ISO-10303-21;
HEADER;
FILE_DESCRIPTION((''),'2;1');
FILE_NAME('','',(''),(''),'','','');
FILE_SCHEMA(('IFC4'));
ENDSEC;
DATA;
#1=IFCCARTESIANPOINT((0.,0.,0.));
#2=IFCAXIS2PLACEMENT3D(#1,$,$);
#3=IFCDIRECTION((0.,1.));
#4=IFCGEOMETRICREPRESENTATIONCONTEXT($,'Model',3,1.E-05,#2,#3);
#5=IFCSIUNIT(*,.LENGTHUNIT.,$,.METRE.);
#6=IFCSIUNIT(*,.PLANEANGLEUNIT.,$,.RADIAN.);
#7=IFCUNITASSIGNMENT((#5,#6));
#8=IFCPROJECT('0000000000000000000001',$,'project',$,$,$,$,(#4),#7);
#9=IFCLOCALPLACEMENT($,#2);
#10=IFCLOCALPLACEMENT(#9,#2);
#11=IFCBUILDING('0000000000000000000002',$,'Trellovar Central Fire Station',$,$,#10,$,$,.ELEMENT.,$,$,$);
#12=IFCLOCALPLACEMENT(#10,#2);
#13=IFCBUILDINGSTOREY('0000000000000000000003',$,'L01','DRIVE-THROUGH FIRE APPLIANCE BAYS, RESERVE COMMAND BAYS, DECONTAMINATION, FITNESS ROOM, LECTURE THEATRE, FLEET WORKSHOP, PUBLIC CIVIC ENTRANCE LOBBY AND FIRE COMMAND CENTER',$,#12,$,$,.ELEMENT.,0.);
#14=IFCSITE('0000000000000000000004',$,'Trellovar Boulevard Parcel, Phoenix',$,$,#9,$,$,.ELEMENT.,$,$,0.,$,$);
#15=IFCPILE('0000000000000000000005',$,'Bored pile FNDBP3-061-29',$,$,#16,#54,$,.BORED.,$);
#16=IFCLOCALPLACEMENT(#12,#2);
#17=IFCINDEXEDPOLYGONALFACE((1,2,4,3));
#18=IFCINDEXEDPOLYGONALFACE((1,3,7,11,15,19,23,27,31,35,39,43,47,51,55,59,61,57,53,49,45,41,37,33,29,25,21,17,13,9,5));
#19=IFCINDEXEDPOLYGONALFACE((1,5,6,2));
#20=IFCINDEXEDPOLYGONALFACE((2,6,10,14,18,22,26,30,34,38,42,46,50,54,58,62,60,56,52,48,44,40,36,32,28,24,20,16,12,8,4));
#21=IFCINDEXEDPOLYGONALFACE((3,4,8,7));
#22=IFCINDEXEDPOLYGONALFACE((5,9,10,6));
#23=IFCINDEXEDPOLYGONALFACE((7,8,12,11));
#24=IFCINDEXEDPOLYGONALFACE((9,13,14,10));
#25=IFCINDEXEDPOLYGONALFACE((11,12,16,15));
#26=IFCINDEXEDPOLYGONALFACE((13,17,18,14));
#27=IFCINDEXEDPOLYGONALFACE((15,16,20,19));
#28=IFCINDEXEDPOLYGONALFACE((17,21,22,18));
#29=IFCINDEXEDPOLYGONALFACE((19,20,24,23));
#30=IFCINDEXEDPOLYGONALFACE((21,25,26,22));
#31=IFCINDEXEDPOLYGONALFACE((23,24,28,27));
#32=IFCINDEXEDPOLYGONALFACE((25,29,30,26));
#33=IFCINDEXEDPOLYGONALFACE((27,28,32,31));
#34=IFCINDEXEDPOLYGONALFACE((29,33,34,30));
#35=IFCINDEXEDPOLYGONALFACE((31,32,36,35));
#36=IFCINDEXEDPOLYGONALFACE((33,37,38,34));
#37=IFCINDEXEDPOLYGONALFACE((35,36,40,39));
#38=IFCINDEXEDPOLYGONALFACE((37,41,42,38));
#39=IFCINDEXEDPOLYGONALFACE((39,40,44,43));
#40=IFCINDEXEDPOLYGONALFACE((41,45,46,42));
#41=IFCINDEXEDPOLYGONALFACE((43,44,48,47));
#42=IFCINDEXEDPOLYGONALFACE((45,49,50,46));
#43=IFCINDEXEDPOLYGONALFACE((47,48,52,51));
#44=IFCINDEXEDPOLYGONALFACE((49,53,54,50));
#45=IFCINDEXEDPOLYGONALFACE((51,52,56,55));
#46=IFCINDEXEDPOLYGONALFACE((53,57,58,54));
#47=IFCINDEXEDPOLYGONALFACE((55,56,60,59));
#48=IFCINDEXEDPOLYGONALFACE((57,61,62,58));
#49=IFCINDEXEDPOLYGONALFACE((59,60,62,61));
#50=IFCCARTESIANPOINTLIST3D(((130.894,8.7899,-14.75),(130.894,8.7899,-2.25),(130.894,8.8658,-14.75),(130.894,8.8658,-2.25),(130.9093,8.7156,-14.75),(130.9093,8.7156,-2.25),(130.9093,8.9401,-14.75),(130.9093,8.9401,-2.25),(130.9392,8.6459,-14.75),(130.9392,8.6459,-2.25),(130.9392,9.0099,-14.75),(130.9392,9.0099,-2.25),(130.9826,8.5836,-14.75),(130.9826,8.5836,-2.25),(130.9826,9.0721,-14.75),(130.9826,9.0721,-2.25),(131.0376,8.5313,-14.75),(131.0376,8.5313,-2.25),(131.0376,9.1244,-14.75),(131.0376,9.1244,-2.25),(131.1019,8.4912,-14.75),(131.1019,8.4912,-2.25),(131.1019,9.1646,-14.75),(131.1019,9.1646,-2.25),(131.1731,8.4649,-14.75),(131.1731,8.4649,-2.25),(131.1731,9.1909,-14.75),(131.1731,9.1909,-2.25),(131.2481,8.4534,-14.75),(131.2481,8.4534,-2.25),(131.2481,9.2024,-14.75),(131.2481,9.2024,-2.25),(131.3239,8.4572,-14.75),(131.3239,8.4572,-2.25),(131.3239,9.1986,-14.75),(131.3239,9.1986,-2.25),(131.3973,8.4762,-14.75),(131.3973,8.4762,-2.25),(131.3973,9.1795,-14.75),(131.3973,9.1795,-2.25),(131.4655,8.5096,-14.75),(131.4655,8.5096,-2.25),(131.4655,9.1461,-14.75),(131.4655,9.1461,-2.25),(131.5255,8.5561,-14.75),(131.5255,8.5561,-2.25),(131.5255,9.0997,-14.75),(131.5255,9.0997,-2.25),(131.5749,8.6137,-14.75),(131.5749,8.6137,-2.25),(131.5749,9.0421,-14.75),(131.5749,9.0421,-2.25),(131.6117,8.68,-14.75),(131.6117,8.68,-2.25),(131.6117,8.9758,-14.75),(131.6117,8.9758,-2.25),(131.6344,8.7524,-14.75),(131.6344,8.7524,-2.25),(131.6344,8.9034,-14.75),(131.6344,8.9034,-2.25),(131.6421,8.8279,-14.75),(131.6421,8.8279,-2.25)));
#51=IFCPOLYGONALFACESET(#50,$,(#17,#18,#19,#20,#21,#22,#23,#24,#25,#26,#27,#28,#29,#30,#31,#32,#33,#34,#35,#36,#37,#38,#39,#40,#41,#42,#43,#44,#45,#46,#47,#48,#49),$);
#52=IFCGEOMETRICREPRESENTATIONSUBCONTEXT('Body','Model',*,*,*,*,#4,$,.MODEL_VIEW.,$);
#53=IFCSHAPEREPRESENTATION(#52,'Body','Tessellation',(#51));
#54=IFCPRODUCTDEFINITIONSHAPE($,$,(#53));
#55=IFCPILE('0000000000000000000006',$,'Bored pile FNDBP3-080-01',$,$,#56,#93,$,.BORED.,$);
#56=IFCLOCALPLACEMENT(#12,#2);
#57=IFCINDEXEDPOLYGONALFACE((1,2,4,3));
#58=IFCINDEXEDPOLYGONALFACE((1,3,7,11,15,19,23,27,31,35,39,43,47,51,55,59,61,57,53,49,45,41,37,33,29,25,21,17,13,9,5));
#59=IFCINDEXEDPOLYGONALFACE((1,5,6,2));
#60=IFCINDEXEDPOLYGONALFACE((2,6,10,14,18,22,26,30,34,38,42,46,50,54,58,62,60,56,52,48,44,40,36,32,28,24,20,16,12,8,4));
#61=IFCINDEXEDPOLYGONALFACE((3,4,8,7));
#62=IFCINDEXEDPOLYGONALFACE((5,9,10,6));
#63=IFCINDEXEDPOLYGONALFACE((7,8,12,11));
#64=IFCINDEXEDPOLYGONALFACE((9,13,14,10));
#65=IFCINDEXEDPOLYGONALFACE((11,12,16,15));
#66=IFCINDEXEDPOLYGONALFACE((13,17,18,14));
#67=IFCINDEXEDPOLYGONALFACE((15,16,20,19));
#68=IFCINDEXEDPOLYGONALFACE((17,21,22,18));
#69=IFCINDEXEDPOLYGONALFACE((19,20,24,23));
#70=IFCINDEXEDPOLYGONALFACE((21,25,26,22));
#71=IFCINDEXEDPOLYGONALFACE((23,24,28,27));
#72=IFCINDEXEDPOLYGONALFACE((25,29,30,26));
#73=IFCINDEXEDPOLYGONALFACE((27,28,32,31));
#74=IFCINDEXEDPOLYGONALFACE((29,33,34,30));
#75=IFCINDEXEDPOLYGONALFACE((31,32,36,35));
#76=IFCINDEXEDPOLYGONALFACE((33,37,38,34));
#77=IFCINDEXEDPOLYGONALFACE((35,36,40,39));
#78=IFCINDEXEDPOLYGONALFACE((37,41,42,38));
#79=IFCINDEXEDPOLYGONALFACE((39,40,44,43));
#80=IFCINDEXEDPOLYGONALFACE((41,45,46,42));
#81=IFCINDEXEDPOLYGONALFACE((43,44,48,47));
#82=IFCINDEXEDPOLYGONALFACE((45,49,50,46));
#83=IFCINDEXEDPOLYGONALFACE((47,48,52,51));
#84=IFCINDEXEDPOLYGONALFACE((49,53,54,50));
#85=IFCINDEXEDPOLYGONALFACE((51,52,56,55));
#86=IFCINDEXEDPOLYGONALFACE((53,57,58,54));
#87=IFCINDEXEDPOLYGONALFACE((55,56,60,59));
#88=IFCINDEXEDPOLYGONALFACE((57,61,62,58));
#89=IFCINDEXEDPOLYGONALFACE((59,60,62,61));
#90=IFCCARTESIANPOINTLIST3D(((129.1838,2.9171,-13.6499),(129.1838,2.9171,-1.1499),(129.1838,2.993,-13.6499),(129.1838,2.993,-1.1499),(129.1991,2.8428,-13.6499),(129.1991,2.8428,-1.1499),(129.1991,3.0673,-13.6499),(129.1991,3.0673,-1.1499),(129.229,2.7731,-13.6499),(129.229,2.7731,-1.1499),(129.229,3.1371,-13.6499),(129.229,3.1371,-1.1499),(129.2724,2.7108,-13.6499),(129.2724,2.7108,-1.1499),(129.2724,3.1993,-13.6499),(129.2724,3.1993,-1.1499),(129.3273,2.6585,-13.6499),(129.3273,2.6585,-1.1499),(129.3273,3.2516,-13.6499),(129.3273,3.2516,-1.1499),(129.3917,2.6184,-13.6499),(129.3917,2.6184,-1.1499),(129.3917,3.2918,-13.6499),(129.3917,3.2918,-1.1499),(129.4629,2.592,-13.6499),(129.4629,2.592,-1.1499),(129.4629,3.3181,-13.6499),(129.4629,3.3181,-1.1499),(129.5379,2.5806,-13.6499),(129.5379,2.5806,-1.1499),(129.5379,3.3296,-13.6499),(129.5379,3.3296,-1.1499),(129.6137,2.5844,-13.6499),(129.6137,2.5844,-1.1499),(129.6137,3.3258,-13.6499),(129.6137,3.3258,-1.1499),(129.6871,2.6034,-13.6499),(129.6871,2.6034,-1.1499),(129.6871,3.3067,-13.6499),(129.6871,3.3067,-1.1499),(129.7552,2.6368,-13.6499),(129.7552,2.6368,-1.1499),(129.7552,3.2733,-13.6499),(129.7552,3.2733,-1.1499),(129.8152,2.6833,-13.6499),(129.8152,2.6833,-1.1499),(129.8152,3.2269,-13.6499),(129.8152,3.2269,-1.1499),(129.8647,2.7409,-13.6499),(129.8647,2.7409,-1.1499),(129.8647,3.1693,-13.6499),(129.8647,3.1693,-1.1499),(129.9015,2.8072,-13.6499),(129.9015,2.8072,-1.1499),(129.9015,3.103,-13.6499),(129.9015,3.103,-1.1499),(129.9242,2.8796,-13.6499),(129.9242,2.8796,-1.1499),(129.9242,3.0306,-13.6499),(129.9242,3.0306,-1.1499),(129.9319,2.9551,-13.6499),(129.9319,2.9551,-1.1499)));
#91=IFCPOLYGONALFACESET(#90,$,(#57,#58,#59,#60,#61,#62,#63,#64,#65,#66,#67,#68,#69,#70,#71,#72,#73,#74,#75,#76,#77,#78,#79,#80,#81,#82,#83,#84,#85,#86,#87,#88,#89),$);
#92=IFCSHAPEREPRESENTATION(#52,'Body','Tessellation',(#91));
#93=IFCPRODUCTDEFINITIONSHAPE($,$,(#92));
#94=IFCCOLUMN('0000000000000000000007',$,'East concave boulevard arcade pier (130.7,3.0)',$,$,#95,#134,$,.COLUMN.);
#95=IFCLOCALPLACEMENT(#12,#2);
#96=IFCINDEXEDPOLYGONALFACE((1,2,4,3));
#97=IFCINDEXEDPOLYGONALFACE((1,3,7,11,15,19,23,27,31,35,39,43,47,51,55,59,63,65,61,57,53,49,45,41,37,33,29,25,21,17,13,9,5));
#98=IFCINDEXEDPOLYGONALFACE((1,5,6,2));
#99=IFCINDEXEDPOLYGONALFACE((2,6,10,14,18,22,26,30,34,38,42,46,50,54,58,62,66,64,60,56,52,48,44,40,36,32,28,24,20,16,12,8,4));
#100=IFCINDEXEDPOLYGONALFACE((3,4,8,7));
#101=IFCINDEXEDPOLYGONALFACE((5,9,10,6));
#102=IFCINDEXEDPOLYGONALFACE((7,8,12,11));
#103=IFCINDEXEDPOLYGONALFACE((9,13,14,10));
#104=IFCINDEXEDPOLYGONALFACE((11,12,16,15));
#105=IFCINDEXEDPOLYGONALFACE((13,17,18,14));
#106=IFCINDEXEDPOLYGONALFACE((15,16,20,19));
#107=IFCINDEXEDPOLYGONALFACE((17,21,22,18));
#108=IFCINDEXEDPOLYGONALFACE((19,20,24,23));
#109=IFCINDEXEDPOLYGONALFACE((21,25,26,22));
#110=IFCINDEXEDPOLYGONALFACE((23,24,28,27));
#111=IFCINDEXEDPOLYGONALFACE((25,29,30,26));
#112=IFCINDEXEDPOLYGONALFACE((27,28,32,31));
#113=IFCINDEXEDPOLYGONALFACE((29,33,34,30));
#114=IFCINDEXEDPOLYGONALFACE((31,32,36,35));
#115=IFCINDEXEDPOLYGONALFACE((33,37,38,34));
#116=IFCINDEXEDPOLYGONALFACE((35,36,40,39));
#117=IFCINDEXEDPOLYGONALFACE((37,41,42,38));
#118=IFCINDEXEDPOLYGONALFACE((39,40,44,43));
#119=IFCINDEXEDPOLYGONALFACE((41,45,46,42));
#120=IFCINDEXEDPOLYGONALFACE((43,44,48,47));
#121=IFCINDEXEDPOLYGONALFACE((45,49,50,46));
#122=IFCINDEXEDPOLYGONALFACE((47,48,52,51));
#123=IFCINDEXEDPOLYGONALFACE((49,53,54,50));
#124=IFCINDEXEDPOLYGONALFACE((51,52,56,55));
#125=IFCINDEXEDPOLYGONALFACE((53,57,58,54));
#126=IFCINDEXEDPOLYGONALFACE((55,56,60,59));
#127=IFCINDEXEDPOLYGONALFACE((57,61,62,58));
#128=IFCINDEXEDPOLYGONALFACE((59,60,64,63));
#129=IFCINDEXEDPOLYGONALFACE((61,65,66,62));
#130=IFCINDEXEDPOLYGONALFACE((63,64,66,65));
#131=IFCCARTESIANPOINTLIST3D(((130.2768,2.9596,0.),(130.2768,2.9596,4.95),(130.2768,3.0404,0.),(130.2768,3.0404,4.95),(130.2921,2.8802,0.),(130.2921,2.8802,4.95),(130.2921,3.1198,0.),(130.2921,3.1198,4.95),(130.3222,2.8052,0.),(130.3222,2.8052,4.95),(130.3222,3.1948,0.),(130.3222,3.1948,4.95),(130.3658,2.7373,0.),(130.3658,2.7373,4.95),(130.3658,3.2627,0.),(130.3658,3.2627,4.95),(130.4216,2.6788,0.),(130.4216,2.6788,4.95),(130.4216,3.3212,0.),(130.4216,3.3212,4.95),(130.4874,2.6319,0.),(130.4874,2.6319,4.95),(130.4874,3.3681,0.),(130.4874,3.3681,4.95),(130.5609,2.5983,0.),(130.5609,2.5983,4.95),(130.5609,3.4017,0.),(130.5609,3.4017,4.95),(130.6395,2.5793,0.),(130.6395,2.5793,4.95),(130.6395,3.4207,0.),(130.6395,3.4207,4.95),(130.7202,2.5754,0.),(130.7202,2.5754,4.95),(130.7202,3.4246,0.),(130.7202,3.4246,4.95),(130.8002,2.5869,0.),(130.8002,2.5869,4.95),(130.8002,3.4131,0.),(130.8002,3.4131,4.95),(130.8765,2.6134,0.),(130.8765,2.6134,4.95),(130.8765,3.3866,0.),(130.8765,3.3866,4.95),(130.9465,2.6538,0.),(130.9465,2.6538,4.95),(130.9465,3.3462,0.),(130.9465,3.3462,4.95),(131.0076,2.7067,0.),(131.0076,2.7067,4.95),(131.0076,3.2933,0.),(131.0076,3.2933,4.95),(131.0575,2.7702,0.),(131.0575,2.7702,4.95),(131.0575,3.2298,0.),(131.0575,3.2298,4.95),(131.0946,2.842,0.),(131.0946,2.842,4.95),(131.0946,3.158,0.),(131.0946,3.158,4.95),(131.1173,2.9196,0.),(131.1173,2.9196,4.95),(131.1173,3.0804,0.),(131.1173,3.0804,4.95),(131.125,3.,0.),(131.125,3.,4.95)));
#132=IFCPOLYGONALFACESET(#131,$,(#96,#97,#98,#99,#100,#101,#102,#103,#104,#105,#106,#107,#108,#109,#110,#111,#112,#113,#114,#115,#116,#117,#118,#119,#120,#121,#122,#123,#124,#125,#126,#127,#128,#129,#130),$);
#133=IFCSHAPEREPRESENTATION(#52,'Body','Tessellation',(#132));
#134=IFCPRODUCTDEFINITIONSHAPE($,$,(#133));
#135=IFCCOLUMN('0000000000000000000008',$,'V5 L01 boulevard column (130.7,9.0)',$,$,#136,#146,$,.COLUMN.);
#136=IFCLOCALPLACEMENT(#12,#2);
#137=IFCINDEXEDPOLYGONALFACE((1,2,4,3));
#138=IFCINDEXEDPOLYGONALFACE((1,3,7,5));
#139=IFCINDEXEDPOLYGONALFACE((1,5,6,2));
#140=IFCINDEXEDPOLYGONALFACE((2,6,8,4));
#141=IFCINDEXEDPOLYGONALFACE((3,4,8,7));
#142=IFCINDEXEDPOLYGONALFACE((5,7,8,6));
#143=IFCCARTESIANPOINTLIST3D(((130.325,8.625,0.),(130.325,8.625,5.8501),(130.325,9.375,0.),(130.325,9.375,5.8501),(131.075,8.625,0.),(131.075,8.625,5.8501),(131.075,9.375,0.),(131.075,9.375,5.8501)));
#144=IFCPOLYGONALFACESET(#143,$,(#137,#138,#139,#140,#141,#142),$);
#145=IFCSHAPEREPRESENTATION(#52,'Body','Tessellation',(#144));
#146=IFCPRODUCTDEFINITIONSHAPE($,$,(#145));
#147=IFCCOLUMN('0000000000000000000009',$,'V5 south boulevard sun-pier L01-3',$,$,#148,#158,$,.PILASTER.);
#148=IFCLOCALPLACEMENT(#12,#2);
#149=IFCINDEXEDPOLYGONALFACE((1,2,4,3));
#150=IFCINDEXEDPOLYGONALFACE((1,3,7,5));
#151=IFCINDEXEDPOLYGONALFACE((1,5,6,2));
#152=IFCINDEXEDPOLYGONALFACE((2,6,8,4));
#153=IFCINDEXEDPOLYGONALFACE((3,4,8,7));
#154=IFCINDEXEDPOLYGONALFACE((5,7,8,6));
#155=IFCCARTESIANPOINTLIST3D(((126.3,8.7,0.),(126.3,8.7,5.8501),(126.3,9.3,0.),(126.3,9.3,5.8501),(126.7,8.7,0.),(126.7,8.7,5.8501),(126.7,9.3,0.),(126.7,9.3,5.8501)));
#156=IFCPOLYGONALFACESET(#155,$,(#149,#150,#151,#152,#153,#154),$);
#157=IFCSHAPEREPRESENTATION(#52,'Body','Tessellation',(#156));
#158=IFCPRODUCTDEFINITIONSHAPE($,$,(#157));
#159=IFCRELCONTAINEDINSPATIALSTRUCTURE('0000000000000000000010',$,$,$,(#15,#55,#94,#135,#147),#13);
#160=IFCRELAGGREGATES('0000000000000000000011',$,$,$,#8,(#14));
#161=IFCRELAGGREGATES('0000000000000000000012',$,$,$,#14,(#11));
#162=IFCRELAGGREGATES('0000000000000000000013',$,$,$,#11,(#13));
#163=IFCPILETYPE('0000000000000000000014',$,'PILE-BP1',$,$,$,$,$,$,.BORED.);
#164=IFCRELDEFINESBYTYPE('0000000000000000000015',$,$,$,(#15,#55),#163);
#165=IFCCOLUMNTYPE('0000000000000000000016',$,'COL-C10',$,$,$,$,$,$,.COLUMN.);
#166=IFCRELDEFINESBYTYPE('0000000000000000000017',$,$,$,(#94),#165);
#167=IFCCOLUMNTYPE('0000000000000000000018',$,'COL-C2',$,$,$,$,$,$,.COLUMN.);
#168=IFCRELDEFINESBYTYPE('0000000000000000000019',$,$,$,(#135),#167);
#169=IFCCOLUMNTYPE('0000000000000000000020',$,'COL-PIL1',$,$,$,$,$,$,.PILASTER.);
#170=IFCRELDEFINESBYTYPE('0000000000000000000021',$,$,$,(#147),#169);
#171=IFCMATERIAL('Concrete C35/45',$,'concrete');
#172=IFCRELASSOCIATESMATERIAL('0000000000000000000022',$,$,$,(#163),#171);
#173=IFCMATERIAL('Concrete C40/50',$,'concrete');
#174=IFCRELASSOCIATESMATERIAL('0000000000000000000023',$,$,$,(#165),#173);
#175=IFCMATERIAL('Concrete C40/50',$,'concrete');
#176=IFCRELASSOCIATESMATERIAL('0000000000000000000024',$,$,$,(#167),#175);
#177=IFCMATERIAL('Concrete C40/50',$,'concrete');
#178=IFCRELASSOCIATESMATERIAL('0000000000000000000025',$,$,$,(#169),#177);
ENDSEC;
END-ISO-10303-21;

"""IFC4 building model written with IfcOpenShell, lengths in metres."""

from ifc_helpers import new_model, si_unit, direction, frame, origin, origin_2d, place, context, subcontext, project, spatial, rectangle, circle, extrude, material, material_profile, profile_set, type_object, element, save


model = new_model("IFC4")

# Units and contexts
model_context = context("Model", 3, precision=1e-05, world=origin(), true_north=direction((0.0, 1.0)))
body_context = subcontext(model_context, "Body", "Model", "MODEL_VIEW")
ifc_project = project(units=[si_unit("LENGTHUNIT", "METRE"), si_unit("PLANEANGLEUNIT", "RADIAN")], contexts=[model_context])

# Site, building, storey
site_placement = place(None, origin())
site = spatial("IfcSite", under=ifc_project, at=site_placement, Name="Trellovar Boulevard Parcel, Phoenix", CompositionType="ELEMENT", RefElevation=0.0)
building_placement = place(site_placement, origin())
building = spatial("IfcBuilding", under=site, at=building_placement, Name="Trellovar Central Fire Station", CompositionType="ELEMENT")
storey_placement = place(building_placement, origin())
storey = spatial("IfcBuildingStorey", under=building, at=storey_placement, Name="L01", Description="DRIVE-THROUGH FIRE APPLIANCE BAYS, RESERVE COMMAND BAYS, DECONTAMINATION, FITNESS ROOM, LECTURE THEATRE, FLEET WORKSHOP, PUBLIC CIVIC ENTRANCE LOBBY AND FIRE COMMAND CENTER", CompositionType="ELEMENT", Elevation=0.0)

# Piles
ifc_material_1 = material(Name="Concrete C35/45", Category="concrete")
ifc_material_profile_1 = material_profile(ifc_material_1, circle(Radius=0.375, at=origin_2d()), Name="PILE750")
ifc_profile_set_1 = profile_set([ifc_material_profile_1], Name="Concrete C35/45")
pile_type = type_object("IfcPileType", Name="PILE-BP1", PredefinedType="BORED", material=ifc_profile_set_1)
for number, where, z_axis, x_axis, name in (
    (1, (131.2671, 8.8279, -2.25), (0.0, 0.0, -1.0), (1.0, 0.0, 0.0), "Bored pile FNDBP3-061-29"),
    (2, (129.5569, 2.9551, -1.1499), (0.0, 0.0, -1.0), (1.0, 0.0, 0.0), "Bored pile FNDBP3-080-01"),
):
    element("IfcPile", number, at=place(storey_placement, frame(where, z_axis=z_axis, x_axis=x_axis)), inside=storey, type_object=pile_type, Name=name, PredefinedType="BORED", context=body_context, shape_type="SweptSolid", body=[
        extrude(circle(Radius=0.375, at=origin_2d()), origin(), (0.0, 0.0, 1.0), 12.5),
    ])

# Columns
ifc_material_2 = material(Name="Concrete C40/50", Category="concrete")
ifc_material_profile_2 = material_profile(ifc_material_2, circle(Radius=0.425, at=origin_2d()), Name="RCD850")
ifc_profile_set_2 = profile_set([ifc_material_profile_2], Name="Concrete C40/50")
column_type_1 = type_object("IfcColumnType", Name="COL-C10", PredefinedType="COLUMN", material=ifc_profile_set_2)
column_1_placement = place(storey_placement, frame((130.7, 3.0, 0.0), z_axis=(0.0, 0.0, 1.0), x_axis=(1.0, 0.0, 0.0)))
element("IfcColumn", 3, at=column_1_placement, inside=storey, type_object=column_type_1, Name="East concave boulevard arcade pier (130.7,3.0)", PredefinedType="COLUMN", context=body_context, shape_type="SweptSolid", body=[
    extrude(circle(Radius=0.425, at=origin_2d()), origin(), (0.0, 0.0, 1.0), 4.95),
])
ifc_material_3 = material(Name="Concrete C40/50", Category="concrete")
ifc_material_profile_3 = material_profile(ifc_material_3, rectangle(XDim=0.75, YDim=0.75, at=origin_2d()), Name="RC750X750")
ifc_profile_set_3 = profile_set([ifc_material_profile_3], Name="Concrete C40/50")
column_type_2 = type_object("IfcColumnType", Name="COL-C2", PredefinedType="COLUMN", material=ifc_profile_set_3)
column_2_placement = place(storey_placement, frame((130.7, 9.0, 0.0), z_axis=(0.0, 0.0, 1.0), x_axis=(1.0, 0.0, 0.0)))
element("IfcColumn", 4, at=column_2_placement, inside=storey, type_object=column_type_2, Name="V5 L01 boulevard column (130.7,9.0)", PredefinedType="COLUMN", context=body_context, shape_type="SweptSolid", body=[
    extrude(rectangle(XDim=0.75, YDim=0.75, at=origin_2d()), origin(), (0.0, 0.0, 1.0), 5.8501),
])
ifc_material_4 = material(Name="Concrete C40/50", Category="concrete")
ifc_material_profile_4 = material_profile(ifc_material_4, rectangle(XDim=0.3999, YDim=0.6001, at=origin_2d()), Name="RC400X600")
ifc_profile_set_4 = profile_set([ifc_material_profile_4], Name="Concrete C40/50")
column_type_3 = type_object("IfcColumnType", Name="COL-PIL1", PredefinedType="PILASTER", material=ifc_profile_set_4)
column_3_placement = place(storey_placement, frame((126.5, 9.0, 0.0), z_axis=(0.0, 0.0, 1.0), x_axis=(1.0, 0.0, 0.0)))
element("IfcColumn", 5, at=column_3_placement, inside=storey, type_object=column_type_3, Name="V5 south boulevard sun-pier L01-3", PredefinedType="PILASTER", context=body_context, shape_type="SweptSolid", body=[
    extrude(rectangle(XDim=0.3999, YDim=0.6001, at=origin_2d()), origin(), (0.0, 0.0, 1.0), 5.8501),
])

save(model, "model.ifc")
